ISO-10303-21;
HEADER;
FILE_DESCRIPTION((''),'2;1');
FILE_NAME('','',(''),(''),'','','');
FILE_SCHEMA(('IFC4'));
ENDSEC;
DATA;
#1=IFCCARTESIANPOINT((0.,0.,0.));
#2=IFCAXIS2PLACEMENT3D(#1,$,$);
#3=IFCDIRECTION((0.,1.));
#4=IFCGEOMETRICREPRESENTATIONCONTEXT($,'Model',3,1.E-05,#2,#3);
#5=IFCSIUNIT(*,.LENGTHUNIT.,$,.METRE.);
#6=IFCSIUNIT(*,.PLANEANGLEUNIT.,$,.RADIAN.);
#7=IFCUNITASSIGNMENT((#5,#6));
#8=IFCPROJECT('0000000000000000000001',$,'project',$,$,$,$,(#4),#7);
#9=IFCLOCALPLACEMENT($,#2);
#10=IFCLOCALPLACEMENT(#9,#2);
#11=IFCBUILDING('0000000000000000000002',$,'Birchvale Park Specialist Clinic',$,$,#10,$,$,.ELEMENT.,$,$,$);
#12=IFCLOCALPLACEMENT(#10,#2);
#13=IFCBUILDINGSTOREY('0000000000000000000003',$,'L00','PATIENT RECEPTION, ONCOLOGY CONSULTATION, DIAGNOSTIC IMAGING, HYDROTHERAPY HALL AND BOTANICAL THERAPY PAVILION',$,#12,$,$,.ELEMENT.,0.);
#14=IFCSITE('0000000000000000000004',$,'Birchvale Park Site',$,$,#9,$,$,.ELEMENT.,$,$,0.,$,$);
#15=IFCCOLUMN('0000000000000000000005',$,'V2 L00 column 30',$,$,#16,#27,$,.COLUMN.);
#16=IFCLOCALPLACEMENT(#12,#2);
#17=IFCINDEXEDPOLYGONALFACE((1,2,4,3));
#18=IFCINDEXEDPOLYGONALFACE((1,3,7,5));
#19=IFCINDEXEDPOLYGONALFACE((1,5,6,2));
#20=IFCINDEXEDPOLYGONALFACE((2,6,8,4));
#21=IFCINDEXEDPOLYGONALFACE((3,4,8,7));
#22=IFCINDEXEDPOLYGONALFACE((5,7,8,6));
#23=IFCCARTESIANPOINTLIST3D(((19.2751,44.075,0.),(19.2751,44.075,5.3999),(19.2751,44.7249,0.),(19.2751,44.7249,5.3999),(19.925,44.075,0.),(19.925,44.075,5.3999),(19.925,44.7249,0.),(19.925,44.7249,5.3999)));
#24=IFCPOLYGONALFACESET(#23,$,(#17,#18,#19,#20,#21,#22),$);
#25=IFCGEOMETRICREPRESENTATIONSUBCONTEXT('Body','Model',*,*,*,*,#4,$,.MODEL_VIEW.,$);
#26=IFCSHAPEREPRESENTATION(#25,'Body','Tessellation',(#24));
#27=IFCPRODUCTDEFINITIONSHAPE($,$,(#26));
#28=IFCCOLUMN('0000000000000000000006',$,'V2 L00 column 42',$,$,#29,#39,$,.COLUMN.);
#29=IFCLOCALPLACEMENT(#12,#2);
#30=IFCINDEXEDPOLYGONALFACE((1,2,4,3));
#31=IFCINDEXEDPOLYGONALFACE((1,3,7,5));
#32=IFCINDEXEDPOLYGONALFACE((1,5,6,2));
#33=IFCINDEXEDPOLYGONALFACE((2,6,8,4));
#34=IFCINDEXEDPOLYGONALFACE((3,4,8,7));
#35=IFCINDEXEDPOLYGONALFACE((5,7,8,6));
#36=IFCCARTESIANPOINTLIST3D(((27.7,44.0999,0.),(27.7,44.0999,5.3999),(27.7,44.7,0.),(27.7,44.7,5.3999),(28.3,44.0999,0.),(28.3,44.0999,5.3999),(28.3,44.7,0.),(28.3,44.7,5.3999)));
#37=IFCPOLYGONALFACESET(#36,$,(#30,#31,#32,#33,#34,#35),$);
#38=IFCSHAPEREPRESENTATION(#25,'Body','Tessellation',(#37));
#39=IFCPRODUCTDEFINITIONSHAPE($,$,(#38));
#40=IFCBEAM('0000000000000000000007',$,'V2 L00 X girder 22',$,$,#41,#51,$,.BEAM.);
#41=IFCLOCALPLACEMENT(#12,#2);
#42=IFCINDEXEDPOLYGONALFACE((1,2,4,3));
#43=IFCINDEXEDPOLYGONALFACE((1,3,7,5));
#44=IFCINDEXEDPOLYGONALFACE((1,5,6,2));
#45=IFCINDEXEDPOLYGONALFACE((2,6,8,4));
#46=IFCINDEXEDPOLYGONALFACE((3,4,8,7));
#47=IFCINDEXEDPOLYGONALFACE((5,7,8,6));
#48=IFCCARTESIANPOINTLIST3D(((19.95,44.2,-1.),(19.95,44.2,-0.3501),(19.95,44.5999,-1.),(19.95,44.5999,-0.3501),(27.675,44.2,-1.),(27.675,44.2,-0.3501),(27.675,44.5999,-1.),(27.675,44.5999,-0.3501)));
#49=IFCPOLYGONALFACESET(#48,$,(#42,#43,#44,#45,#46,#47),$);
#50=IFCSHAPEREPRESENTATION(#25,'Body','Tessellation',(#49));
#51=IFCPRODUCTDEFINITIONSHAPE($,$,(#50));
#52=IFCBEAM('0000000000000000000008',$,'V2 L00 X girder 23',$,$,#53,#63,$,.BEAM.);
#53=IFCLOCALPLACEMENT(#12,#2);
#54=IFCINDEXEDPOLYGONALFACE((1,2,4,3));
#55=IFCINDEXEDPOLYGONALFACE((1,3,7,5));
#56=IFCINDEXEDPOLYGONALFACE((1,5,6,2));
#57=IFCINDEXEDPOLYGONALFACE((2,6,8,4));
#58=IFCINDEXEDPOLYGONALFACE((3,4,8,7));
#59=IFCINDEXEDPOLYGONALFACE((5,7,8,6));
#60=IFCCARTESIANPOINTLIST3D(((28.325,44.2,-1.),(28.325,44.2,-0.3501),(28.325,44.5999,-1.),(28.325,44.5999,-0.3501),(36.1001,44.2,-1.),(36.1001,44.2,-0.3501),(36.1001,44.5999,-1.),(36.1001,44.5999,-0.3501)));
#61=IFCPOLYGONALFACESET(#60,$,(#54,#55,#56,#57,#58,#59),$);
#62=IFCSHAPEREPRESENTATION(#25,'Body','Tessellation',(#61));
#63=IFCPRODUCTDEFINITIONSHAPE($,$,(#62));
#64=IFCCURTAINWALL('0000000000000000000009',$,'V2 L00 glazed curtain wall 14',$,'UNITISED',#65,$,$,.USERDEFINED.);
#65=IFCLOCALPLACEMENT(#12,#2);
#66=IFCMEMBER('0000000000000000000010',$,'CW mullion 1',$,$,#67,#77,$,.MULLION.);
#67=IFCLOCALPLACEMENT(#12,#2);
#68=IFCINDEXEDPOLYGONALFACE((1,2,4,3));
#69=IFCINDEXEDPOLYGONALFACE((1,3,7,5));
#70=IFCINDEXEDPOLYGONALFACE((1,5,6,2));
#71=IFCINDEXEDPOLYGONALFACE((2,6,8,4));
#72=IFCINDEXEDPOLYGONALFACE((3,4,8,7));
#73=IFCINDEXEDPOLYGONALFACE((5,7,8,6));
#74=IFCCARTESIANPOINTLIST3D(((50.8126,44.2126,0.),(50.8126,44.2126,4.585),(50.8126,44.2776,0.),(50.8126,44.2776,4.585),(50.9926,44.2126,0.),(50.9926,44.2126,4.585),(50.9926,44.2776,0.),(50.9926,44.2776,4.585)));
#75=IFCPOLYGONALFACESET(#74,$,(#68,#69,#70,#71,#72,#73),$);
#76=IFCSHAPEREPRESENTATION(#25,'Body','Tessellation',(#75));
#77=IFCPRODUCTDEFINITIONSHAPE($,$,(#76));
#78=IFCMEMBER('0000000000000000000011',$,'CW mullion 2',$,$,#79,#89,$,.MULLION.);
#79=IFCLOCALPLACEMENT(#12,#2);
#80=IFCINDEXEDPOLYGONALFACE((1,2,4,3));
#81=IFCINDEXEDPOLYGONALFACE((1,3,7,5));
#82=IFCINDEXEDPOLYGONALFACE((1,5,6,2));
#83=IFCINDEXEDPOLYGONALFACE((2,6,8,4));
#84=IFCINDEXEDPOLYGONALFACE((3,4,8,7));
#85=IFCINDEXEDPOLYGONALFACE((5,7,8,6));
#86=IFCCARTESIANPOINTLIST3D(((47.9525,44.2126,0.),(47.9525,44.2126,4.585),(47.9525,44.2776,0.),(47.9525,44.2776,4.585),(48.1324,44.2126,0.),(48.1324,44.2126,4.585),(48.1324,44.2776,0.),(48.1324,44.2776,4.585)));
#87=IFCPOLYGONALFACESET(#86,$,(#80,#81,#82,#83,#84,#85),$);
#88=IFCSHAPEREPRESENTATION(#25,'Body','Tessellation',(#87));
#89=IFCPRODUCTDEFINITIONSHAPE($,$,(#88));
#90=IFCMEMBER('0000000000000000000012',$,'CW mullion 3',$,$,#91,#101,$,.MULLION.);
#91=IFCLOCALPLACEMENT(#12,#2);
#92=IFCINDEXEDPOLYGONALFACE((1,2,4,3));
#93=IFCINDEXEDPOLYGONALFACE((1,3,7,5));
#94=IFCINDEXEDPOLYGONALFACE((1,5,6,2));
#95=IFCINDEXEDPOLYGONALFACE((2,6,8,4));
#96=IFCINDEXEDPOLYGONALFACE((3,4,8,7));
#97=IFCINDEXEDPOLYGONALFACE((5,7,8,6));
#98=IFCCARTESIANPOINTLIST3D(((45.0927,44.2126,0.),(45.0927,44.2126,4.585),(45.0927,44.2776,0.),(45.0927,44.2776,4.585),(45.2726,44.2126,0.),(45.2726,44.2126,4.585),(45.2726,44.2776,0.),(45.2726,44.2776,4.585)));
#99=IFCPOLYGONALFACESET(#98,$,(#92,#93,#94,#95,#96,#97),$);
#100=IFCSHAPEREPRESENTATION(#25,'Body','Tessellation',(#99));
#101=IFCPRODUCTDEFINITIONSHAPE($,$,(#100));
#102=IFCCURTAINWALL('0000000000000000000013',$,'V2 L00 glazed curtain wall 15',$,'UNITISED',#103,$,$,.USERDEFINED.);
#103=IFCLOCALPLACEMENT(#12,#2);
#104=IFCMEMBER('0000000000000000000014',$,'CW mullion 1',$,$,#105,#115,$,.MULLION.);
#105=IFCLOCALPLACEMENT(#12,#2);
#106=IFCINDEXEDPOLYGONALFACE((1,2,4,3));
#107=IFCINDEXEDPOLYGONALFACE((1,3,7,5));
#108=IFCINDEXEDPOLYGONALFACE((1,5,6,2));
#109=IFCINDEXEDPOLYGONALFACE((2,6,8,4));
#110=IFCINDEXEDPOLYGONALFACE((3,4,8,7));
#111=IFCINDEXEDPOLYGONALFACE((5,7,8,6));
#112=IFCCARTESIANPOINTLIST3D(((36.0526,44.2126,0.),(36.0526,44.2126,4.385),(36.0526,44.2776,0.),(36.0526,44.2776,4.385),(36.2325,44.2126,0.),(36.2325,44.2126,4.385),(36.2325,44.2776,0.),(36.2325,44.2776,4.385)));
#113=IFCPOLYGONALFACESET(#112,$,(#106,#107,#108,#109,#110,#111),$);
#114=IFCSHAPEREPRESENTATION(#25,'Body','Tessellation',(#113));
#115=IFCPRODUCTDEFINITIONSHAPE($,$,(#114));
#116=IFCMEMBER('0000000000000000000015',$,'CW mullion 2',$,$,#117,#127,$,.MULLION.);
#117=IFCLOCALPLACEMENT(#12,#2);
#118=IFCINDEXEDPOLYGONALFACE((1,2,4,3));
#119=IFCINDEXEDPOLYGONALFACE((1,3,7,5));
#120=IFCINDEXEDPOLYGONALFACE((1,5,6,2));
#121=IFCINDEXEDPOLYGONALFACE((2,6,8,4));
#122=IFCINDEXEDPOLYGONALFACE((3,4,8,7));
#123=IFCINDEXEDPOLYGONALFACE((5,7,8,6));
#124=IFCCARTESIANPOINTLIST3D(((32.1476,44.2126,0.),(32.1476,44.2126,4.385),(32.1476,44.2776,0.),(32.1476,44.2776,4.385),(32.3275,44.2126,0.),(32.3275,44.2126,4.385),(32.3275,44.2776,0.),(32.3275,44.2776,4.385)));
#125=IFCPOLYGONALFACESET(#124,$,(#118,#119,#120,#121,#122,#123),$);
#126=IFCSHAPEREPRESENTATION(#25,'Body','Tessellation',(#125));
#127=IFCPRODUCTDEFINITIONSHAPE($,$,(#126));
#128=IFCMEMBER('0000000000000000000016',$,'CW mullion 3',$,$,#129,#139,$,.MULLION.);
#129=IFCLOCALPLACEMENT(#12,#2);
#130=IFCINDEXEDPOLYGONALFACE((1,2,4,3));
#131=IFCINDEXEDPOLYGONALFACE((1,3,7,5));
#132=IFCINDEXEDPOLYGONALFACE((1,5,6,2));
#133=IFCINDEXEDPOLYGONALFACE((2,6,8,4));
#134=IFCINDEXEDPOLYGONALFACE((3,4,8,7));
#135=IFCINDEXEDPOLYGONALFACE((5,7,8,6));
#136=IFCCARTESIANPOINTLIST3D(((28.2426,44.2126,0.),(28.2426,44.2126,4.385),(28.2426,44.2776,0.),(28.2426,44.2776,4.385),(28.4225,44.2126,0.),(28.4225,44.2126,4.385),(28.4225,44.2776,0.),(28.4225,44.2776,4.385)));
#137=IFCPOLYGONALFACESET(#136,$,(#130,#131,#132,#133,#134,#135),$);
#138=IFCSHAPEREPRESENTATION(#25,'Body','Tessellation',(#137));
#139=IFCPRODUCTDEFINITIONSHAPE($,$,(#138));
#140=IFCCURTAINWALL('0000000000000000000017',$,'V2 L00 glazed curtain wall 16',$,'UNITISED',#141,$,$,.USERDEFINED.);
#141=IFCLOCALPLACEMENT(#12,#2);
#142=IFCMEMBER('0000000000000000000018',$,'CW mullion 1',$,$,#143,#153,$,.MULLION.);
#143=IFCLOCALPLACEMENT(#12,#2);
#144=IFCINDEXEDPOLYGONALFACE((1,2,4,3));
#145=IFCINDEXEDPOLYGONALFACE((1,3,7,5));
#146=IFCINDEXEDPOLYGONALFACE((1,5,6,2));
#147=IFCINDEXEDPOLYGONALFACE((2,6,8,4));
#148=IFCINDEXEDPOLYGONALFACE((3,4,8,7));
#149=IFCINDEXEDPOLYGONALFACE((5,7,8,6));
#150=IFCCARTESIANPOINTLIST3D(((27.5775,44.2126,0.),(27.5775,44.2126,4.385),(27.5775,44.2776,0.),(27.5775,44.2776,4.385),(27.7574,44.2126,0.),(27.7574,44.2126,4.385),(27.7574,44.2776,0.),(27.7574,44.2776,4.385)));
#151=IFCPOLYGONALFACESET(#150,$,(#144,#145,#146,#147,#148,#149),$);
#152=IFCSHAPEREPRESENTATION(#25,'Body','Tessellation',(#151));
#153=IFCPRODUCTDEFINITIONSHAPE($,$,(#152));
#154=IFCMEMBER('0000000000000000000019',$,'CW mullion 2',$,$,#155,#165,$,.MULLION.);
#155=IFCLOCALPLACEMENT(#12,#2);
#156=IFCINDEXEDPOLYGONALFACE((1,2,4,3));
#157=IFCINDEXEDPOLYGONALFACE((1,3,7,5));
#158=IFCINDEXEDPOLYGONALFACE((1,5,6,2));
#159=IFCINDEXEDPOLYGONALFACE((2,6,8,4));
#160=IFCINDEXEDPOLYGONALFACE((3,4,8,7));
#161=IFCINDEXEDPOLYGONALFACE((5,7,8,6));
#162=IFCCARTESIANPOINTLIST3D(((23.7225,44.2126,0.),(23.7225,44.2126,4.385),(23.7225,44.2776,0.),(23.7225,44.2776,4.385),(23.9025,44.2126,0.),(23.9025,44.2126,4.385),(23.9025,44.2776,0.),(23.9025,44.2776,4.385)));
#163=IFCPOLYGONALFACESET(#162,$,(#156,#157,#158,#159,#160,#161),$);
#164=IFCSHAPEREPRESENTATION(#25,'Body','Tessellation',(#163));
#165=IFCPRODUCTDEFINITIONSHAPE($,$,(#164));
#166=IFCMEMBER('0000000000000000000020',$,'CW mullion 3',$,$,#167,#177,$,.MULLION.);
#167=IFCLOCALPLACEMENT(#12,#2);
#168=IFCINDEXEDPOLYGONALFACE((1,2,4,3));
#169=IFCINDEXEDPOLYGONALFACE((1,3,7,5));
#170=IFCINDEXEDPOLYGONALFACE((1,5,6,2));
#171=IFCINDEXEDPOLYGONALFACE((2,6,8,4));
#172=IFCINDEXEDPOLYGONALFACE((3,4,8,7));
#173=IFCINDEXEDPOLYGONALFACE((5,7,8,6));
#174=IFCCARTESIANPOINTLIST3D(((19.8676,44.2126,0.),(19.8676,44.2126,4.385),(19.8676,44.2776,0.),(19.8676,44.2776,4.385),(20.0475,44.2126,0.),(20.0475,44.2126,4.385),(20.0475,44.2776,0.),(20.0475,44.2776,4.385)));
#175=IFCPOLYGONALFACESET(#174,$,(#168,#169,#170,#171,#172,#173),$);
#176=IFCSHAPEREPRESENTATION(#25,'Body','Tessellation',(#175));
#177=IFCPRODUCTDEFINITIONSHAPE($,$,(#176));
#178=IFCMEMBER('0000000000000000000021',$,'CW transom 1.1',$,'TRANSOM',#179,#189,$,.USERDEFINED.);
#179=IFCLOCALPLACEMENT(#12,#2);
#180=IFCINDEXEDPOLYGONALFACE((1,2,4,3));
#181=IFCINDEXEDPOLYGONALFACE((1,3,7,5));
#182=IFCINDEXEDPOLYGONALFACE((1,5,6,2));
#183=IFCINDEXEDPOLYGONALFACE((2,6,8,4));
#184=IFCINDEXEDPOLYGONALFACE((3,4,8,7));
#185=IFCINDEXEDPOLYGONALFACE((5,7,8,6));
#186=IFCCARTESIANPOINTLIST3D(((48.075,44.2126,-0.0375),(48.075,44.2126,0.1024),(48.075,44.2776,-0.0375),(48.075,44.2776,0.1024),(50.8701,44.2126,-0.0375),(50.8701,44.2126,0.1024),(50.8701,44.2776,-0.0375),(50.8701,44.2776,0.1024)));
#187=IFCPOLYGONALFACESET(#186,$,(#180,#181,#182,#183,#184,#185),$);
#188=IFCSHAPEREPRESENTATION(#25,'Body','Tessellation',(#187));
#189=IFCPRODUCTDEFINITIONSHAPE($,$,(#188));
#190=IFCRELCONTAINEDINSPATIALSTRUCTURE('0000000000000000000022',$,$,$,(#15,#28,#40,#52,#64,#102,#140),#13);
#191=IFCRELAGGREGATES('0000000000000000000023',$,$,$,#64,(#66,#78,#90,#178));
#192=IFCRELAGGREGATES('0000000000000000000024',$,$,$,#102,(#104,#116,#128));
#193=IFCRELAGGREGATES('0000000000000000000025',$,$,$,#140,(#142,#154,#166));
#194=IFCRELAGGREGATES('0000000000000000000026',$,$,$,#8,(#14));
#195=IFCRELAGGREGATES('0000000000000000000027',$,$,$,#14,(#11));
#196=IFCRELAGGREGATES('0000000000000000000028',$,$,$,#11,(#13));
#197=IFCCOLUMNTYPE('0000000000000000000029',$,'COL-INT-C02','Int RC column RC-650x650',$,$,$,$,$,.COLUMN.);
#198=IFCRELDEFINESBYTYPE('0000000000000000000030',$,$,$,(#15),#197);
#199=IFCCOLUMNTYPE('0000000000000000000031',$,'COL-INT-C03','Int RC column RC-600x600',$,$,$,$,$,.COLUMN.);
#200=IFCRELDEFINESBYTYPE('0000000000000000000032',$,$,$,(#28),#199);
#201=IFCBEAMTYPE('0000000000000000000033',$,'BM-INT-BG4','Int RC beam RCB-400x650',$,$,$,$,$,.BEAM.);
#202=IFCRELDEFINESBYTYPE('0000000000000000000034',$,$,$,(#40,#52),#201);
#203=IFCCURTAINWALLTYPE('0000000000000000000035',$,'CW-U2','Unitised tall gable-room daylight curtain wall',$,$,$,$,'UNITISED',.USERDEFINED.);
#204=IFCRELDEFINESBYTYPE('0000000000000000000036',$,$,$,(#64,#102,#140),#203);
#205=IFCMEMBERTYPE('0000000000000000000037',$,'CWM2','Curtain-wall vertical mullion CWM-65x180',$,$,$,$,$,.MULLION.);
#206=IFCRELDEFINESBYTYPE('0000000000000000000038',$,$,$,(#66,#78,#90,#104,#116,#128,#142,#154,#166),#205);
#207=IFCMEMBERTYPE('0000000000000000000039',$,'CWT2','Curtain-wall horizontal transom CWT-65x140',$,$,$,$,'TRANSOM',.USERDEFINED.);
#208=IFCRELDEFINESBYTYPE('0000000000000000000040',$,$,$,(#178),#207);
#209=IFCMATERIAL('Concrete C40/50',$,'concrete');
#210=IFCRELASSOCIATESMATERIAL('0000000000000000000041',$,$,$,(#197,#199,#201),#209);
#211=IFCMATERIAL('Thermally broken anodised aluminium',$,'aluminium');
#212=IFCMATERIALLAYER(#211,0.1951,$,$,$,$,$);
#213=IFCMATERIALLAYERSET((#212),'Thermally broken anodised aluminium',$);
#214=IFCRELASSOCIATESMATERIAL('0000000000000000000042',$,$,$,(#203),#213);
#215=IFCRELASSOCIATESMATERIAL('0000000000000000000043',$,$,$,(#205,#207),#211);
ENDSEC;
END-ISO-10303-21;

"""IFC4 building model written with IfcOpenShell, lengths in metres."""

from ifc_helpers import new_model, si_unit, direction, frame, origin, origin_2d, place, context, subcontext, project, spatial, rectangle, extrude, material, layer, layer_set, material_profile, profile_set, type_object, element, aggregate, save


model = new_model("IFC4")

# Units and contexts
model_context = context("Model", 3, precision=1e-05, world=origin(), true_north=direction((0.0, 1.0)))
body_context = subcontext(model_context, "Body", "Model", "MODEL_VIEW")
ifc_project = project(units=[si_unit("LENGTHUNIT", "METRE"), si_unit("PLANEANGLEUNIT", "RADIAN")], contexts=[model_context])

# Site, building, storey
site_placement = place(None, origin())
site = spatial("IfcSite", under=ifc_project, at=site_placement, Name="Birchvale Park Site", CompositionType="ELEMENT", RefElevation=0.0)
building_placement = place(site_placement, origin())
building = spatial("IfcBuilding", under=site, at=building_placement, Name="Birchvale Park Specialist Clinic", CompositionType="ELEMENT")
storey_placement = place(building_placement, origin())
storey = spatial("IfcBuildingStorey", under=building, at=storey_placement, Name="L00", Description="PATIENT RECEPTION, ONCOLOGY CONSULTATION, DIAGNOSTIC IMAGING, HYDROTHERAPY HALL AND BOTANICAL THERAPY PAVILION", CompositionType="ELEMENT", Elevation=0.0)

# Columns
ifc_material_1 = material(Name="Concrete C40/50", Category="concrete")
ifc_material_profile_1 = material_profile(ifc_material_1, rectangle(XDim=0.6499, YDim=0.6499, at=origin_2d()), Name="RC-650x650")
ifc_profile_set_1 = profile_set([ifc_material_profile_1], Name="Concrete C40/50")
column_type_1 = type_object("IfcColumnType", Name="COL-INT-C02", Description="Int RC column RC-650x650", PredefinedType="COLUMN", material=ifc_profile_set_1)
column_1_placement = place(storey_placement, frame((19.6001, 44.3999, 0.0), z_axis=(0.0, 0.0, 1.0), x_axis=(1.0, 0.0, 0.0)))
element("IfcColumn", 1, at=column_1_placement, inside=storey, type_object=column_type_1, Name="V2 L00 column 30", PredefinedType="COLUMN", context=body_context, shape_type="SweptSolid", body=[
    extrude(rectangle(XDim=0.6499, YDim=0.6499, at=origin_2d()), origin(), (0.0, 0.0, 1.0), 5.3999),
])
ifc_material_profile_2 = material_profile(ifc_material_1, rectangle(XDim=0.6001, YDim=0.6001, at=origin_2d()), Name="RC-600x600")
ifc_profile_set_2 = profile_set([ifc_material_profile_2], Name="Concrete C40/50")
column_type_2 = type_object("IfcColumnType", Name="COL-INT-C03", Description="Int RC column RC-600x600", PredefinedType="COLUMN", material=ifc_profile_set_2)
column_2_placement = place(storey_placement, frame((28.0, 44.3999, 0.0), z_axis=(0.0, 0.0, 1.0), x_axis=(1.0, 0.0, 0.0)))
element("IfcColumn", 2, at=column_2_placement, inside=storey, type_object=column_type_2, Name="V2 L00 column 42", PredefinedType="COLUMN", context=body_context, shape_type="SweptSolid", body=[
    extrude(rectangle(XDim=0.6001, YDim=0.6001, at=origin_2d()), origin(), (0.0, 0.0, 1.0), 5.3999),
])

# Beams
ifc_material_profile_3 = material_profile(ifc_material_1, rectangle(XDim=0.3999, YDim=0.6499, at=origin_2d()), Name="RCB-400x650")
ifc_profile_set_3 = profile_set([ifc_material_profile_3], Name="Concrete C40/50")
beam_type_1 = type_object("IfcBeamType", Name="BM-INT-BG4", Description="Int RC beam RCB-400x650", PredefinedType="BEAM", material=ifc_profile_set_3)
beam_1_placement = place(storey_placement, frame((19.95, 44.3999, -0.675), z_axis=(1.0, 0.0, 0.0), x_axis=(0.0, 1.0, 0.0)))
element("IfcBeam", 3, at=beam_1_placement, inside=storey, type_object=beam_type_1, Name="V2 L00 X girder 22", PredefinedType="BEAM", context=body_context, shape_type="SweptSolid", body=[
    extrude(rectangle(XDim=0.3999, YDim=0.6499, at=origin_2d()), origin(), (0.0, 0.0, 1.0), 7.7251),
])
beam_2_placement = place(storey_placement, frame((28.325, 44.3999, -0.675), z_axis=(1.0, 0.0, 0.0), x_axis=(0.0, 1.0, 0.0)))
element("IfcBeam", 4, at=beam_2_placement, inside=storey, type_object=beam_type_1, Name="V2 L00 X girder 23", PredefinedType="BEAM", context=body_context, shape_type="SweptSolid", body=[
    extrude(rectangle(XDim=0.3999, YDim=0.6499, at=origin_2d()), origin(), (0.0, 0.0, 1.0), 7.7751),
])

# Curtain walls, members
ifc_material_2 = material(Name="Thermally broken anodised aluminium", Category="aluminium")
ifc_layer_1 = layer(ifc_material_2, 0.1951)
ifc_layer_set_1 = layer_set([ifc_layer_1], Name="Thermally broken anodised aluminium")
curtain_wall_type = type_object("IfcCurtainWallType", Name="CW-U2", Description="Unitised tall gable-room daylight curtain wall", ElementType="UNITISED", PredefinedType="USERDEFINED", material=ifc_layer_set_1)
curtain_wall_1_placement = place(storey_placement, origin())
curtain_wall_1 = element("IfcCurtainWall", 5, at=curtain_wall_1_placement, inside=storey, type_object=curtain_wall_type, Name="V2 L00 glazed curtain wall 14", ObjectType="UNITISED", PredefinedType="USERDEFINED")
ifc_material_profile_4 = material_profile(ifc_material_2, rectangle(XDim=0.0649, YDim=0.1799, at=origin_2d()), Name="CWM-65x180")
ifc_profile_set_4 = profile_set([ifc_material_profile_4], Name="Thermally broken anodised aluminium")
member_type_1 = type_object("IfcMemberType", Name="CWM2", Description="Curtain-wall vertical mullion CWM-65x180", PredefinedType="MULLION", material=ifc_profile_set_4)
member_1_placement = place(storey_placement, frame((50.9026, 44.2451, 0.0), z_axis=(0.0, 0.0, 1.0), x_axis=(0.0, -1.0, 0.0)))
member_1 = element("IfcMember", 6, at=member_1_placement, type_object=member_type_1, Name="CW mullion 1", PredefinedType="MULLION", context=body_context, shape_type="SweptSolid", body=[
    extrude(rectangle(XDim=0.0649, YDim=0.1799, at=origin_2d()), origin(), (0.0, 0.0, 1.0), 4.585),
])
member_2_placement = place(storey_placement, frame((48.0425, 44.2451, 0.0), z_axis=(0.0, 0.0, 1.0), x_axis=(0.0, -1.0, 0.0)))
member_2 = element("IfcMember", 7, at=member_2_placement, type_object=member_type_1, Name="CW mullion 2", PredefinedType="MULLION", context=body_context, shape_type="SweptSolid", body=[
    extrude(rectangle(XDim=0.0649, YDim=0.1799, at=origin_2d()), origin(), (0.0, 0.0, 1.0), 4.585),
])
member_3_placement = place(storey_placement, frame((45.1826, 44.2451, 0.0), z_axis=(0.0, 0.0, 1.0), x_axis=(0.0, -1.0, 0.0)))
member_3 = element("IfcMember", 8, at=member_3_placement, type_object=member_type_1, Name="CW mullion 3", PredefinedType="MULLION", context=body_context, shape_type="SweptSolid", body=[
    extrude(rectangle(XDim=0.0649, YDim=0.1799, at=origin_2d()), origin(), (0.0, 0.0, 1.0), 4.585),
])
curtain_wall_2_placement = place(storey_placement, origin())
curtain_wall_2 = element("IfcCurtainWall", 9, at=curtain_wall_2_placement, inside=storey, type_object=curtain_wall_type, Name="V2 L00 glazed curtain wall 15", ObjectType="UNITISED", PredefinedType="USERDEFINED")
member_4_placement = place(storey_placement, frame((36.1426, 44.2451, 0.0), z_axis=(0.0, 0.0, 1.0), x_axis=(0.0, -1.0, 0.0)))
member_4 = element("IfcMember", 10, at=member_4_placement, type_object=member_type_1, Name="CW mullion 1", PredefinedType="MULLION", context=body_context, shape_type="SweptSolid", body=[
    extrude(rectangle(XDim=0.0649, YDim=0.1799, at=origin_2d()), origin(), (0.0, 0.0, 1.0), 4.385),
])
member_5_placement = place(storey_placement, frame((32.2375, 44.2451, 0.0), z_axis=(0.0, 0.0, 1.0), x_axis=(0.0, -1.0, 0.0)))
member_5 = element("IfcMember", 11, at=member_5_placement, type_object=member_type_1, Name="CW mullion 2", PredefinedType="MULLION", context=body_context, shape_type="SweptSolid", body=[
    extrude(rectangle(XDim=0.0649, YDim=0.1799, at=origin_2d()), origin(), (0.0, 0.0, 1.0), 4.385),
])
member_6_placement = place(storey_placement, frame((28.3325, 44.2451, 0.0), z_axis=(0.0, 0.0, 1.0), x_axis=(0.0, -1.0, 0.0)))
member_6 = element("IfcMember", 12, at=member_6_placement, type_object=member_type_1, Name="CW mullion 3", PredefinedType="MULLION", context=body_context, shape_type="SweptSolid", body=[
    extrude(rectangle(XDim=0.0649, YDim=0.1799, at=origin_2d()), origin(), (0.0, 0.0, 1.0), 4.385),
])
curtain_wall_3_placement = place(storey_placement, origin())
curtain_wall_3 = element("IfcCurtainWall", 13, at=curtain_wall_3_placement, inside=storey, type_object=curtain_wall_type, Name="V2 L00 glazed curtain wall 16", ObjectType="UNITISED", PredefinedType="USERDEFINED")
member_7_placement = place(storey_placement, frame((27.6675, 44.2451, 0.0), z_axis=(0.0, 0.0, 1.0), x_axis=(0.0, -1.0, 0.0)))
member_7 = element("IfcMember", 14, at=member_7_placement, type_object=member_type_1, Name="CW mullion 1", PredefinedType="MULLION", context=body_context, shape_type="SweptSolid", body=[
    extrude(rectangle(XDim=0.0649, YDim=0.1799, at=origin_2d()), origin(), (0.0, 0.0, 1.0), 4.385),
])
member_8_placement = place(storey_placement, frame((23.8125, 44.2451, 0.0), z_axis=(0.0, 0.0, 1.0), x_axis=(0.0, -1.0, 0.0)))
member_8 = element("IfcMember", 15, at=member_8_placement, type_object=member_type_1, Name="CW mullion 2", PredefinedType="MULLION", context=body_context, shape_type="SweptSolid", body=[
    extrude(rectangle(XDim=0.0649, YDim=0.1799, at=origin_2d()), origin(), (0.0, 0.0, 1.0), 4.385),
])
member_9_placement = place(storey_placement, frame((19.9575, 44.2451, 0.0), z_axis=(0.0, 0.0, 1.0), x_axis=(0.0, -1.0, 0.0)))
member_9 = element("IfcMember", 16, at=member_9_placement, type_object=member_type_1, Name="CW mullion 3", PredefinedType="MULLION", context=body_context, shape_type="SweptSolid", body=[
    extrude(rectangle(XDim=0.0649, YDim=0.1799, at=origin_2d()), origin(), (0.0, 0.0, 1.0), 4.385),
])

# Member
ifc_material_profile_5 = material_profile(ifc_material_2, rectangle(XDim=0.0649, YDim=0.1399, at=origin_2d()), Name="CWT-65x140")
ifc_profile_set_5 = profile_set([ifc_material_profile_5], Name="Thermally broken anodised aluminium")
member_type_2 = type_object("IfcMemberType", Name="CWT2", Description="Curtain-wall horizontal transom CWT-65x140", ElementType="TRANSOM", PredefinedType="USERDEFINED", material=ifc_profile_set_5)
member_10_placement = place(storey_placement, frame((50.8701, 44.2451, 0.0325), z_axis=(-1.0, 0.0, 0.0), x_axis=(0.0, -1.0, 0.0)))
member_10 = element("IfcMember", 17, at=member_10_placement, type_object=member_type_2, Name="CW transom 1.1", ObjectType="TRANSOM", PredefinedType="USERDEFINED", context=body_context, shape_type="SweptSolid", body=[
    extrude(rectangle(XDim=0.0649, YDim=0.1399, at=origin_2d()), origin(), (0.0, 0.0, 1.0), 2.7952),
])

aggregate(curtain_wall_1, [member_1, member_2, member_3, member_10])
aggregate(curtain_wall_2, [member_4, member_5, member_6])
aggregate(curtain_wall_3, [member_7, member_8, member_9])

save(model, "model.ifc")
